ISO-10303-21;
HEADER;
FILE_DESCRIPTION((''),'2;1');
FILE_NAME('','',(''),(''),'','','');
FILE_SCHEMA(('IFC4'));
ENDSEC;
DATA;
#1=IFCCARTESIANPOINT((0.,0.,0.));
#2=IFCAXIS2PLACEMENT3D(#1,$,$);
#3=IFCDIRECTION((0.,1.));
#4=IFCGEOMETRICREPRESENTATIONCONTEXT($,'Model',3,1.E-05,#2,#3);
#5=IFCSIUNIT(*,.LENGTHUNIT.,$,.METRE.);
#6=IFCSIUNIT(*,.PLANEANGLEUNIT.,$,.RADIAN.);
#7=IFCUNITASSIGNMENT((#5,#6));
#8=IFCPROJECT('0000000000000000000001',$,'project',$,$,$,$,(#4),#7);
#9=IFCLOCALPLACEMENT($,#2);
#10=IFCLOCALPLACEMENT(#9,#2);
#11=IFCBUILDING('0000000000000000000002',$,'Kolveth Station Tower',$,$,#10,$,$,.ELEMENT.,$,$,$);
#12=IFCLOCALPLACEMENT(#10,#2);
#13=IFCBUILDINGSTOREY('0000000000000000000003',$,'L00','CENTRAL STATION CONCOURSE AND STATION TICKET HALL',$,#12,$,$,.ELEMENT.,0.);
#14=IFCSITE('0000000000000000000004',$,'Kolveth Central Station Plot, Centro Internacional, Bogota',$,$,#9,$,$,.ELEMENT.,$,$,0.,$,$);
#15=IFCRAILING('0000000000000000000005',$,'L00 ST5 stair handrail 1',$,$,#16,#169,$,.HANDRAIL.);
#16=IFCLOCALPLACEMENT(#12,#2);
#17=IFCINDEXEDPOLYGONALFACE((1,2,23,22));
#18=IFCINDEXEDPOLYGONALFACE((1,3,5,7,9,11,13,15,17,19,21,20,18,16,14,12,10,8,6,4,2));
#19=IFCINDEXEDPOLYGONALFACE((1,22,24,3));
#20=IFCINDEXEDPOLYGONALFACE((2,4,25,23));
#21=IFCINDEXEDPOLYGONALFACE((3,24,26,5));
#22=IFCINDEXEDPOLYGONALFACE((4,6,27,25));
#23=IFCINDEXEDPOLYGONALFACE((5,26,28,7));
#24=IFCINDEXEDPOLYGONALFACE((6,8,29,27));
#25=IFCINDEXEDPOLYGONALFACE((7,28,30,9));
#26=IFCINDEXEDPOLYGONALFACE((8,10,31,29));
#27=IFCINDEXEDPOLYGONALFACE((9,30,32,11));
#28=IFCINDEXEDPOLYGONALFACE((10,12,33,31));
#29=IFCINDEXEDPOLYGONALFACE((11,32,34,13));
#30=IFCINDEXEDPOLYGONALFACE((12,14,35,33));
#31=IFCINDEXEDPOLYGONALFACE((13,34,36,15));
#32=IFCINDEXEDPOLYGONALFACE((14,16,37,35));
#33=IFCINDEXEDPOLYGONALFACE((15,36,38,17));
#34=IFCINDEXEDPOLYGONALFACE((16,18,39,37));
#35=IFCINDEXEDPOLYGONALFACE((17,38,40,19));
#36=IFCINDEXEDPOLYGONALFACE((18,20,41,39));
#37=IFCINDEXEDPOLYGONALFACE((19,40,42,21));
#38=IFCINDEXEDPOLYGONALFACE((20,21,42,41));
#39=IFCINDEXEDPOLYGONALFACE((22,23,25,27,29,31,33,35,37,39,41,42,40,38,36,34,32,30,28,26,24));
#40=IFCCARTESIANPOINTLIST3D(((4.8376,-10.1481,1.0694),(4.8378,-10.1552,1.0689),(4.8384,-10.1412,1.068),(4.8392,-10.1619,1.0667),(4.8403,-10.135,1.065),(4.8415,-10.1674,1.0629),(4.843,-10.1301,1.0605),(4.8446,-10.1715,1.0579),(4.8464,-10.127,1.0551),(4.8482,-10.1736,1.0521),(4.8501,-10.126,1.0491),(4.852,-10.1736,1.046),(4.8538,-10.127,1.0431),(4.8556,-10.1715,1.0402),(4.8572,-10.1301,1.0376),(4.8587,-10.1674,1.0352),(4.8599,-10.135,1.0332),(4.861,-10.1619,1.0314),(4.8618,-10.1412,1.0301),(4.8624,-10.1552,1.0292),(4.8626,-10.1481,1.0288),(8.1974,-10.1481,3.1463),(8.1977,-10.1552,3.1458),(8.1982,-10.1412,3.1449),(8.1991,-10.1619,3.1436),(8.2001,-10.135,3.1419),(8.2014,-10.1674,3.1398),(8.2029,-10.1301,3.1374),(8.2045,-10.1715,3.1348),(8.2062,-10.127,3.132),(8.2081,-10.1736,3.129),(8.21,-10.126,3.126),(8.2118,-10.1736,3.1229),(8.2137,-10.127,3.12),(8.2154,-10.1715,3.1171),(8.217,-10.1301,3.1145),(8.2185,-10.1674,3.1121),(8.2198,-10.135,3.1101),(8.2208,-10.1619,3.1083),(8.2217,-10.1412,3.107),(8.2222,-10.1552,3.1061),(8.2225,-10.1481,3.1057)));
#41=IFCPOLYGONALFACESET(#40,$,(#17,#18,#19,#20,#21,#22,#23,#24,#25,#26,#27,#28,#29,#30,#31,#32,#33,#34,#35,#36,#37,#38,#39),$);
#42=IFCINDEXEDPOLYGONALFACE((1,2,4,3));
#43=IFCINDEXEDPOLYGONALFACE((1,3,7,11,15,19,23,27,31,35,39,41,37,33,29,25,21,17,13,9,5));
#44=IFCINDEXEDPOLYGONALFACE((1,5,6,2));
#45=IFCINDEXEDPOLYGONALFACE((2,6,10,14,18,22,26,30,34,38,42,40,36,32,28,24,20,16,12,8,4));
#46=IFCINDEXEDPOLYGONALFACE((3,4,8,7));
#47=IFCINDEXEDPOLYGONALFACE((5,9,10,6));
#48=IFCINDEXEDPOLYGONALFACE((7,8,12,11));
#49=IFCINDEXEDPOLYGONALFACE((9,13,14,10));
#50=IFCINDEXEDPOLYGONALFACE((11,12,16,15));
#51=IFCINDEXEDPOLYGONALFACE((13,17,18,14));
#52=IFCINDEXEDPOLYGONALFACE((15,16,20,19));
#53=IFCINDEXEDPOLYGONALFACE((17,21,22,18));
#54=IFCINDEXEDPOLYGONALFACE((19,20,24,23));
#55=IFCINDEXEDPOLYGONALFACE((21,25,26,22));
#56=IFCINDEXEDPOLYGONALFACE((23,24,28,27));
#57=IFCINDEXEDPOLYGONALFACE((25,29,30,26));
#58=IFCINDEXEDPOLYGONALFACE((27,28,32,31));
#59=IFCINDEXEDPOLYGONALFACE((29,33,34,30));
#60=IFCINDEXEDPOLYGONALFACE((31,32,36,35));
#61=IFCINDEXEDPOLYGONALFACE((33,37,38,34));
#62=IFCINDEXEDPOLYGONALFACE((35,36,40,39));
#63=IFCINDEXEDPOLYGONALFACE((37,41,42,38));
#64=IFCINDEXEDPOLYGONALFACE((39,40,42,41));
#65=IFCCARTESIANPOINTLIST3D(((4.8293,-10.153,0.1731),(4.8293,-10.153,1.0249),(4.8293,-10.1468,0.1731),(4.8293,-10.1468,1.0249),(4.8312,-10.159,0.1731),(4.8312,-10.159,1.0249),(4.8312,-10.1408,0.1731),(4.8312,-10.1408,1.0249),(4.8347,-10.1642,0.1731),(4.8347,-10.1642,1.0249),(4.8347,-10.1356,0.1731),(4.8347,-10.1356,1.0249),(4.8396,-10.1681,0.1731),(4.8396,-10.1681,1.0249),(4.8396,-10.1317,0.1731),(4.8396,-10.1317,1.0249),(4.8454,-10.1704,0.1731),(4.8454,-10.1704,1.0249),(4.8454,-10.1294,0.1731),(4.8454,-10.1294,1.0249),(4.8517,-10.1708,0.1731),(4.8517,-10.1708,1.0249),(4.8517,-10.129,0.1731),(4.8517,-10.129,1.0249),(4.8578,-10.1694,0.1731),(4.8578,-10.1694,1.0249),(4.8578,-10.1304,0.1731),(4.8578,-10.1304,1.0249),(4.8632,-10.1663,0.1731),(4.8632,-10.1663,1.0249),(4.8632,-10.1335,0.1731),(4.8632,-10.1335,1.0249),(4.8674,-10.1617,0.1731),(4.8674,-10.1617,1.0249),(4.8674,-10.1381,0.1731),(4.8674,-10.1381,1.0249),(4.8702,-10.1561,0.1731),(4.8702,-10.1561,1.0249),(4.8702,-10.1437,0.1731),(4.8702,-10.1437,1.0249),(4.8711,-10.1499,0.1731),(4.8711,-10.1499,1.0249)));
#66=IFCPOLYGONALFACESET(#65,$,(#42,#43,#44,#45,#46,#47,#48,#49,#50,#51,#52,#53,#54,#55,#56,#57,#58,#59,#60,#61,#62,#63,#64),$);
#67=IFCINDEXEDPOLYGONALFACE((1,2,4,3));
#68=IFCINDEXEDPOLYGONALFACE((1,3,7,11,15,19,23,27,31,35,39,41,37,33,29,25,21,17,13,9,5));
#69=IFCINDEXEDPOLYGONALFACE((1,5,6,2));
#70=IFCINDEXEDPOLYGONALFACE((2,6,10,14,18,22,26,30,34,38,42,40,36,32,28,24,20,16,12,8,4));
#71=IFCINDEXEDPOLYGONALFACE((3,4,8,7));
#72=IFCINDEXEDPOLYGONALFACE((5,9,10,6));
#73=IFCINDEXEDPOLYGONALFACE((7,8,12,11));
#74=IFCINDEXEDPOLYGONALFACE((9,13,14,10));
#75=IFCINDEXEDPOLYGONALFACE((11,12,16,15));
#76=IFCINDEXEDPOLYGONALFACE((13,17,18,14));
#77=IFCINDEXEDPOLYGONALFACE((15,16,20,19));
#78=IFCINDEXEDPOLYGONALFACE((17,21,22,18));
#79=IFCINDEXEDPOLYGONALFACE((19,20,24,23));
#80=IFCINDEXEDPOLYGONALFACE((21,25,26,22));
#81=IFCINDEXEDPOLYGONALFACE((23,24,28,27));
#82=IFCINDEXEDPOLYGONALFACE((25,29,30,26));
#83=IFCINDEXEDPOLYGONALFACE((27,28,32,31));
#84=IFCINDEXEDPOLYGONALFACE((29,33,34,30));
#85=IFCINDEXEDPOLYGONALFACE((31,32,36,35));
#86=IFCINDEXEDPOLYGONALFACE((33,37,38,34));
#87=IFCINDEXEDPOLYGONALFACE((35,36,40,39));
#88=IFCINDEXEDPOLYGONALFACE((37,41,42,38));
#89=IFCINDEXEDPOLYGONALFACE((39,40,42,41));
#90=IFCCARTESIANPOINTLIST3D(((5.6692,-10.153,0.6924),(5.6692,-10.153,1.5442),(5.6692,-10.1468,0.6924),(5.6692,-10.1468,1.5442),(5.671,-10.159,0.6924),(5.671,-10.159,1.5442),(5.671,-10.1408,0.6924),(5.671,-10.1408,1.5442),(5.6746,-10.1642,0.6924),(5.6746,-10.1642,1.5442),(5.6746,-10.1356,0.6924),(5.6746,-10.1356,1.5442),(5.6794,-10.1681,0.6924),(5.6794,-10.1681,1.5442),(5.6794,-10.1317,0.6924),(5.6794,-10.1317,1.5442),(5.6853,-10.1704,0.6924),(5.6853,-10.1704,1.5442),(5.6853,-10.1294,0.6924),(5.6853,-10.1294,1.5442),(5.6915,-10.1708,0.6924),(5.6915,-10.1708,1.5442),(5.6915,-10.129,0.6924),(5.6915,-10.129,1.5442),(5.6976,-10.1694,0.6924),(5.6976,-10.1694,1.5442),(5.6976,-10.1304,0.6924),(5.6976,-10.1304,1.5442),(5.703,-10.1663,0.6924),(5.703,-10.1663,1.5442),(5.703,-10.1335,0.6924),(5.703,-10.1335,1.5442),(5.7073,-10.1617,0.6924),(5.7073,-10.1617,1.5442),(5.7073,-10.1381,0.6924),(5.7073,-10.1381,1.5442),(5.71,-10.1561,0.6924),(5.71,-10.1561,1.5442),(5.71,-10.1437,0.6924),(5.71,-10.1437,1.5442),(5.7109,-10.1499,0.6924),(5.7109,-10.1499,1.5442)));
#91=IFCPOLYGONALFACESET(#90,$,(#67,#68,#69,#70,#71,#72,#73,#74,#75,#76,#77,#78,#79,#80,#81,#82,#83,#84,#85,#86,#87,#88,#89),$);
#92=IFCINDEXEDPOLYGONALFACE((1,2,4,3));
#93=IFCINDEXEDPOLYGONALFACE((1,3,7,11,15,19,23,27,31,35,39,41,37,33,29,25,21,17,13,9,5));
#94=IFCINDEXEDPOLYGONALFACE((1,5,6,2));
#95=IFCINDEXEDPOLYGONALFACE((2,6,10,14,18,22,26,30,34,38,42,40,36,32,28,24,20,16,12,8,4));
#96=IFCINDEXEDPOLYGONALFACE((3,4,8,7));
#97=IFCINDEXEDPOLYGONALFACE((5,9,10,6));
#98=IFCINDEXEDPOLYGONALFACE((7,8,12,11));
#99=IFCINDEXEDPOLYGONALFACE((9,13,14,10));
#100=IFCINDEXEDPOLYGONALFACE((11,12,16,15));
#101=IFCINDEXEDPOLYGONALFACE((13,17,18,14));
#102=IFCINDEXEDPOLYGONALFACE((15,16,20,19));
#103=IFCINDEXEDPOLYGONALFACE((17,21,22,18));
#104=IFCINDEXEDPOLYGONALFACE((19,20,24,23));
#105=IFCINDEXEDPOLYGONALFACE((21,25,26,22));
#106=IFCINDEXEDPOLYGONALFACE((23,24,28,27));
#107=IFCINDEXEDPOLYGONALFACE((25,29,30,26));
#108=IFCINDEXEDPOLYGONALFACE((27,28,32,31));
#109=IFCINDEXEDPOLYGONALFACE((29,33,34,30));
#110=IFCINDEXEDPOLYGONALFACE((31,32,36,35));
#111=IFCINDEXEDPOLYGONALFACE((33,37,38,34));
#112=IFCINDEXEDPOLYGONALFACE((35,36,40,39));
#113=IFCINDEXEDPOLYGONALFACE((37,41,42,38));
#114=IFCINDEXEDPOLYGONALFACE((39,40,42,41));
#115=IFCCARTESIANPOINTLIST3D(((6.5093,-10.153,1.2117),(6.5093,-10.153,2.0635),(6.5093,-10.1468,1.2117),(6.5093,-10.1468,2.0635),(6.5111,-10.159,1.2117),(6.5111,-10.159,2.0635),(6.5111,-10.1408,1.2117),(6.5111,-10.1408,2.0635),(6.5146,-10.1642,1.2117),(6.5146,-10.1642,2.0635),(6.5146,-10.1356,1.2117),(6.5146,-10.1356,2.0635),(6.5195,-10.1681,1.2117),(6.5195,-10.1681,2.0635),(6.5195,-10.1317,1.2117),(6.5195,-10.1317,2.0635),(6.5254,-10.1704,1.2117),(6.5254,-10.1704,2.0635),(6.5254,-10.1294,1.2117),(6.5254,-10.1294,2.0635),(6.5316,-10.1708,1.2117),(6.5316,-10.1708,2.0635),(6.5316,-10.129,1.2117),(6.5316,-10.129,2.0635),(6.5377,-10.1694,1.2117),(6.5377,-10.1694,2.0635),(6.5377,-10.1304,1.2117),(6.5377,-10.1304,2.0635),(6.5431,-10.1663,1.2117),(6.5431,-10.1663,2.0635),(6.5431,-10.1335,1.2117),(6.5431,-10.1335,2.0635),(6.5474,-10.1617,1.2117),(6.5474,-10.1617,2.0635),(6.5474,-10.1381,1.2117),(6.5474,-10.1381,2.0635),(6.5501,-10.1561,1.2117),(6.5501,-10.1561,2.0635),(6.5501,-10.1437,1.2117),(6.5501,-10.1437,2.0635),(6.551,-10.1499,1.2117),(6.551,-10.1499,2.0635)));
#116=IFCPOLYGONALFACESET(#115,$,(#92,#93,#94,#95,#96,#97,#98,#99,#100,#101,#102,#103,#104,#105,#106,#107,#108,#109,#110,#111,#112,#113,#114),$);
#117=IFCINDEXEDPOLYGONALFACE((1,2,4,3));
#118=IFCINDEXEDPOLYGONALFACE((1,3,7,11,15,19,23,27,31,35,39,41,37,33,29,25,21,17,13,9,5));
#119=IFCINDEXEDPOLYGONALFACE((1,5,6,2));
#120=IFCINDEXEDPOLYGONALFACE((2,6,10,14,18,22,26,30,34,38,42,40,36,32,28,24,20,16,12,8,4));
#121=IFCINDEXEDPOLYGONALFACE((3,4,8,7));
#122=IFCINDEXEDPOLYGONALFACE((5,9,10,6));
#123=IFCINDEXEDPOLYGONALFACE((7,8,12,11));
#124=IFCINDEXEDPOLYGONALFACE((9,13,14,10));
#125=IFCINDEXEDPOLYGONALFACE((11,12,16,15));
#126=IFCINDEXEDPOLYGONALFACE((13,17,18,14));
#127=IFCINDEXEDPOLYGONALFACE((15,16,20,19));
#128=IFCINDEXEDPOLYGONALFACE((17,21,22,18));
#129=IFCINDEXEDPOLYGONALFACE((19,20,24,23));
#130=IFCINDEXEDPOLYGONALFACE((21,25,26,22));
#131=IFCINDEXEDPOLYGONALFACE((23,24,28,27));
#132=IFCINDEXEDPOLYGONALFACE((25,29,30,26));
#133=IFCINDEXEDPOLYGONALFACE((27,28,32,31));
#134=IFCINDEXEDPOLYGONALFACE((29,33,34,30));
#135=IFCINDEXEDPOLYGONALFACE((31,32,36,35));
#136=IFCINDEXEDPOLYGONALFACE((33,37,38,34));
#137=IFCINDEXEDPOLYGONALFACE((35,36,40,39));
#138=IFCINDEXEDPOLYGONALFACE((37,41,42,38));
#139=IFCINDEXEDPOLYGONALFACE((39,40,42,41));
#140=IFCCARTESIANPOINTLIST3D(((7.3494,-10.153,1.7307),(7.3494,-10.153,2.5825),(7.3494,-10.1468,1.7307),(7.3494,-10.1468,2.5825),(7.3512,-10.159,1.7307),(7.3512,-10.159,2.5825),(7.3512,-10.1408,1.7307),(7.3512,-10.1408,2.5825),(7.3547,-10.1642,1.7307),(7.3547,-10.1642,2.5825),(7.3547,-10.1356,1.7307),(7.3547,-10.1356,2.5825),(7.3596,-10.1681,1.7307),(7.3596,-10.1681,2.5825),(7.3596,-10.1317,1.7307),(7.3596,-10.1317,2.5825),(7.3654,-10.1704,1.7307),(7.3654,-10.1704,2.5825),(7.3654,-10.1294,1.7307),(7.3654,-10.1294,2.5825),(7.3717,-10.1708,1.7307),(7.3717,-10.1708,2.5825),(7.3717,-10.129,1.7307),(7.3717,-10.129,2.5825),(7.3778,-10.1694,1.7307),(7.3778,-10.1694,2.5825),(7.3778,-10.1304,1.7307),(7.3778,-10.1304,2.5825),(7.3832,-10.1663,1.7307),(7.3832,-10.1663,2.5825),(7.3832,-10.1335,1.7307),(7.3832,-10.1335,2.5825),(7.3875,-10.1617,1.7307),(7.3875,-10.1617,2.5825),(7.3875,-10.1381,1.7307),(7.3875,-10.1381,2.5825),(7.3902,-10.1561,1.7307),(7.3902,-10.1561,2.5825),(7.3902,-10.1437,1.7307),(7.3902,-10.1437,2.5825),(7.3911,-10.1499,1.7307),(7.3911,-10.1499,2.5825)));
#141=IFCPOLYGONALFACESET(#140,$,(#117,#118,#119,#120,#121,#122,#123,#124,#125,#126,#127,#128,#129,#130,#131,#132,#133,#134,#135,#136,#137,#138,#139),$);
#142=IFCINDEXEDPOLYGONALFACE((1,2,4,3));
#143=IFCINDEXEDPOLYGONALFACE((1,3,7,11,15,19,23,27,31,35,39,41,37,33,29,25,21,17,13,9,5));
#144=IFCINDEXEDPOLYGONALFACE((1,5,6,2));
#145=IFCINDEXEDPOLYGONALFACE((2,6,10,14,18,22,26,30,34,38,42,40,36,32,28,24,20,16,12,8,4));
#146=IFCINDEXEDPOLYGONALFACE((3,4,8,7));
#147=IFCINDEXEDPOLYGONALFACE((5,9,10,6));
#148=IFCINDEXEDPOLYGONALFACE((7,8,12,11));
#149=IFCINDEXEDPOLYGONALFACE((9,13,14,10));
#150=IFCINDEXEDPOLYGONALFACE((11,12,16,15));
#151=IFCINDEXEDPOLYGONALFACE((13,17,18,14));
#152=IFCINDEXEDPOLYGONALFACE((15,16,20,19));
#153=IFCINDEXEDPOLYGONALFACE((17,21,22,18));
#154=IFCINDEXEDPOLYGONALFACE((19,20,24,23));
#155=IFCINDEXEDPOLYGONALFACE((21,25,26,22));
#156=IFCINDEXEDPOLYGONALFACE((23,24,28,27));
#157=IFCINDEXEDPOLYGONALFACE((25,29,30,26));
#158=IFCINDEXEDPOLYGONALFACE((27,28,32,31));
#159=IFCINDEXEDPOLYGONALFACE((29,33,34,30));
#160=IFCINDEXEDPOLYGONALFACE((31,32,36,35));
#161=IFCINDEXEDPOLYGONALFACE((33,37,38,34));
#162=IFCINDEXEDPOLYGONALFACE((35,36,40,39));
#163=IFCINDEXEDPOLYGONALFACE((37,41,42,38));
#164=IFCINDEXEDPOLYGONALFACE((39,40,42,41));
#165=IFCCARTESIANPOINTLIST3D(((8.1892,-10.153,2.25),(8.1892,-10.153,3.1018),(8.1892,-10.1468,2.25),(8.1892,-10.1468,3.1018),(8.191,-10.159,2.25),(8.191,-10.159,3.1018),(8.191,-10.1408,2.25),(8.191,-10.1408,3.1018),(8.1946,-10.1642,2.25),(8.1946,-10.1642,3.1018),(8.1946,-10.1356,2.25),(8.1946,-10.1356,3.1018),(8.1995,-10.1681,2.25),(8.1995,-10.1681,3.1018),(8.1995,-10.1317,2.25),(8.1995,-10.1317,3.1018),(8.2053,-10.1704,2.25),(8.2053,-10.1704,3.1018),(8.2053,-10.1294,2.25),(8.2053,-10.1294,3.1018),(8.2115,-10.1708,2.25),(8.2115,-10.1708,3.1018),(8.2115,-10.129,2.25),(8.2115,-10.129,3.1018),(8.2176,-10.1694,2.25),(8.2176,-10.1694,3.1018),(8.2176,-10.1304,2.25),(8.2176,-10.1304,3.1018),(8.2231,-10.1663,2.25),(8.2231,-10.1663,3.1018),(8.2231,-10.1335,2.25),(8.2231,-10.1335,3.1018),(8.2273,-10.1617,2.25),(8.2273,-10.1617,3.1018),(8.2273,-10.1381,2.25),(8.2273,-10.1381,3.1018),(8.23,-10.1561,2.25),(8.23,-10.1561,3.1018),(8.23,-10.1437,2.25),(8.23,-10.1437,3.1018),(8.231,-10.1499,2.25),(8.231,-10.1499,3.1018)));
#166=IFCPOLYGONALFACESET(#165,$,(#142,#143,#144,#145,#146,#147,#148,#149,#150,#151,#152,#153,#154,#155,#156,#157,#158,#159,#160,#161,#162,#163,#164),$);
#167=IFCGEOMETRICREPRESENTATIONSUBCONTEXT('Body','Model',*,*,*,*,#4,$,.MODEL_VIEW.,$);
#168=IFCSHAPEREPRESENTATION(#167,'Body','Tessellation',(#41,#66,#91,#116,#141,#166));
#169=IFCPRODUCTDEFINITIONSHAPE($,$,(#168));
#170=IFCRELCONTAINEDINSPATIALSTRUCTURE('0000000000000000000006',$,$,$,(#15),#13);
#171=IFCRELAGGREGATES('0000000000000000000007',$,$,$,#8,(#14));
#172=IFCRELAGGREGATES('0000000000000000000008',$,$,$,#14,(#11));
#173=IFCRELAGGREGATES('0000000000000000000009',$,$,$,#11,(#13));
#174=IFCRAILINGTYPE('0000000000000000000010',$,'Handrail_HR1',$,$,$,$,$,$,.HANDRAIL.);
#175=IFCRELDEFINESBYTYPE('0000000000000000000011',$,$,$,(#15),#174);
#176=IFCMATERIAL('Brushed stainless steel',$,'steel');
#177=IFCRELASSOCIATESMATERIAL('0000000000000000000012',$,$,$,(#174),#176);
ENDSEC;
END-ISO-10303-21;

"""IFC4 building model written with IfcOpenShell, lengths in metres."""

from ifc_helpers import new_model, si_unit, direction, frame, origin, origin_2d, place, context, subcontext, project, spatial, circle, extrude, material, type_object, element, save


model = new_model("IFC4")

# Units and contexts
model_context = context("Model", 3, precision=1e-05, world=origin(), true_north=direction((0.0, 1.0)))
body_context = subcontext(model_context, "Body", "Model", "MODEL_VIEW")
ifc_project = project(units=[si_unit("LENGTHUNIT", "METRE"), si_unit("PLANEANGLEUNIT", "RADIAN")], contexts=[model_context])

# Site, building, storey
site_placement = place(None, origin())
site = spatial("IfcSite", under=ifc_project, at=site_placement, Name="Kolveth Central Station Plot, Centro Internacional, Bogota", CompositionType="ELEMENT", RefElevation=0.0)
building_placement = place(site_placement, origin())
building = spatial("IfcBuilding", under=site, at=building_placement, Name="Kolveth Station Tower", CompositionType="ELEMENT")
storey_placement = place(building_placement, origin())
storey = spatial("IfcBuildingStorey", under=building, at=storey_placement, Name="L00", Description="CENTRAL STATION CONCOURSE AND STATION TICKET HALL", CompositionType="ELEMENT", Elevation=0.0)

# Railing
ifc_material_1 = material(Name="Brushed stainless steel", Category="steel")
railing_type_1 = type_object("IfcRailingType", Name="Handrail_HR1", PredefinedType="HANDRAIL", material=ifc_material_1)
railing_1_placement = place(storey_placement, frame((4.8501, -10.1499, 0.1731)))
element("IfcRailing", 1, at=railing_1_placement, inside=storey, type_object=railing_type_1, Name="L00 ST5 stair handrail 1", PredefinedType="HANDRAIL", context=body_context, shape_type="SweptSolid", body=[
    extrude(circle(Radius=0.0239, at=origin_2d()), frame((0.0, 0.0, 0.876), z_axis=(0.850606, 0.0, 0.525803), x_axis=(0.0, 1.0, 0.0)), (0.0, 0.0, 1.0), 3.95),
    extrude(circle(Radius=0.021, at=origin_2d()), origin(), (0.0, 0.0, 1.0), 0.8518),
    extrude(circle(Radius=0.021, at=origin_2d()), frame((0.8398, 0.0, 0.5193)), (0.0, 0.0, 1.0), 0.8518),
    extrude(circle(Radius=0.021, at=origin_2d()), frame((1.6799, 0.0, 1.0386)), (0.0, 0.0, 1.0), 0.8518),
    extrude(circle(Radius=0.021, at=origin_2d()), frame((2.52, 0.0, 1.5576)), (0.0, 0.0, 1.0), 0.8518),
    extrude(circle(Radius=0.021, at=origin_2d()), frame((3.3599, 0.0, 2.0769)), (0.0, 0.0, 1.0), 0.8518),
])

save(model, "model.ifc")
